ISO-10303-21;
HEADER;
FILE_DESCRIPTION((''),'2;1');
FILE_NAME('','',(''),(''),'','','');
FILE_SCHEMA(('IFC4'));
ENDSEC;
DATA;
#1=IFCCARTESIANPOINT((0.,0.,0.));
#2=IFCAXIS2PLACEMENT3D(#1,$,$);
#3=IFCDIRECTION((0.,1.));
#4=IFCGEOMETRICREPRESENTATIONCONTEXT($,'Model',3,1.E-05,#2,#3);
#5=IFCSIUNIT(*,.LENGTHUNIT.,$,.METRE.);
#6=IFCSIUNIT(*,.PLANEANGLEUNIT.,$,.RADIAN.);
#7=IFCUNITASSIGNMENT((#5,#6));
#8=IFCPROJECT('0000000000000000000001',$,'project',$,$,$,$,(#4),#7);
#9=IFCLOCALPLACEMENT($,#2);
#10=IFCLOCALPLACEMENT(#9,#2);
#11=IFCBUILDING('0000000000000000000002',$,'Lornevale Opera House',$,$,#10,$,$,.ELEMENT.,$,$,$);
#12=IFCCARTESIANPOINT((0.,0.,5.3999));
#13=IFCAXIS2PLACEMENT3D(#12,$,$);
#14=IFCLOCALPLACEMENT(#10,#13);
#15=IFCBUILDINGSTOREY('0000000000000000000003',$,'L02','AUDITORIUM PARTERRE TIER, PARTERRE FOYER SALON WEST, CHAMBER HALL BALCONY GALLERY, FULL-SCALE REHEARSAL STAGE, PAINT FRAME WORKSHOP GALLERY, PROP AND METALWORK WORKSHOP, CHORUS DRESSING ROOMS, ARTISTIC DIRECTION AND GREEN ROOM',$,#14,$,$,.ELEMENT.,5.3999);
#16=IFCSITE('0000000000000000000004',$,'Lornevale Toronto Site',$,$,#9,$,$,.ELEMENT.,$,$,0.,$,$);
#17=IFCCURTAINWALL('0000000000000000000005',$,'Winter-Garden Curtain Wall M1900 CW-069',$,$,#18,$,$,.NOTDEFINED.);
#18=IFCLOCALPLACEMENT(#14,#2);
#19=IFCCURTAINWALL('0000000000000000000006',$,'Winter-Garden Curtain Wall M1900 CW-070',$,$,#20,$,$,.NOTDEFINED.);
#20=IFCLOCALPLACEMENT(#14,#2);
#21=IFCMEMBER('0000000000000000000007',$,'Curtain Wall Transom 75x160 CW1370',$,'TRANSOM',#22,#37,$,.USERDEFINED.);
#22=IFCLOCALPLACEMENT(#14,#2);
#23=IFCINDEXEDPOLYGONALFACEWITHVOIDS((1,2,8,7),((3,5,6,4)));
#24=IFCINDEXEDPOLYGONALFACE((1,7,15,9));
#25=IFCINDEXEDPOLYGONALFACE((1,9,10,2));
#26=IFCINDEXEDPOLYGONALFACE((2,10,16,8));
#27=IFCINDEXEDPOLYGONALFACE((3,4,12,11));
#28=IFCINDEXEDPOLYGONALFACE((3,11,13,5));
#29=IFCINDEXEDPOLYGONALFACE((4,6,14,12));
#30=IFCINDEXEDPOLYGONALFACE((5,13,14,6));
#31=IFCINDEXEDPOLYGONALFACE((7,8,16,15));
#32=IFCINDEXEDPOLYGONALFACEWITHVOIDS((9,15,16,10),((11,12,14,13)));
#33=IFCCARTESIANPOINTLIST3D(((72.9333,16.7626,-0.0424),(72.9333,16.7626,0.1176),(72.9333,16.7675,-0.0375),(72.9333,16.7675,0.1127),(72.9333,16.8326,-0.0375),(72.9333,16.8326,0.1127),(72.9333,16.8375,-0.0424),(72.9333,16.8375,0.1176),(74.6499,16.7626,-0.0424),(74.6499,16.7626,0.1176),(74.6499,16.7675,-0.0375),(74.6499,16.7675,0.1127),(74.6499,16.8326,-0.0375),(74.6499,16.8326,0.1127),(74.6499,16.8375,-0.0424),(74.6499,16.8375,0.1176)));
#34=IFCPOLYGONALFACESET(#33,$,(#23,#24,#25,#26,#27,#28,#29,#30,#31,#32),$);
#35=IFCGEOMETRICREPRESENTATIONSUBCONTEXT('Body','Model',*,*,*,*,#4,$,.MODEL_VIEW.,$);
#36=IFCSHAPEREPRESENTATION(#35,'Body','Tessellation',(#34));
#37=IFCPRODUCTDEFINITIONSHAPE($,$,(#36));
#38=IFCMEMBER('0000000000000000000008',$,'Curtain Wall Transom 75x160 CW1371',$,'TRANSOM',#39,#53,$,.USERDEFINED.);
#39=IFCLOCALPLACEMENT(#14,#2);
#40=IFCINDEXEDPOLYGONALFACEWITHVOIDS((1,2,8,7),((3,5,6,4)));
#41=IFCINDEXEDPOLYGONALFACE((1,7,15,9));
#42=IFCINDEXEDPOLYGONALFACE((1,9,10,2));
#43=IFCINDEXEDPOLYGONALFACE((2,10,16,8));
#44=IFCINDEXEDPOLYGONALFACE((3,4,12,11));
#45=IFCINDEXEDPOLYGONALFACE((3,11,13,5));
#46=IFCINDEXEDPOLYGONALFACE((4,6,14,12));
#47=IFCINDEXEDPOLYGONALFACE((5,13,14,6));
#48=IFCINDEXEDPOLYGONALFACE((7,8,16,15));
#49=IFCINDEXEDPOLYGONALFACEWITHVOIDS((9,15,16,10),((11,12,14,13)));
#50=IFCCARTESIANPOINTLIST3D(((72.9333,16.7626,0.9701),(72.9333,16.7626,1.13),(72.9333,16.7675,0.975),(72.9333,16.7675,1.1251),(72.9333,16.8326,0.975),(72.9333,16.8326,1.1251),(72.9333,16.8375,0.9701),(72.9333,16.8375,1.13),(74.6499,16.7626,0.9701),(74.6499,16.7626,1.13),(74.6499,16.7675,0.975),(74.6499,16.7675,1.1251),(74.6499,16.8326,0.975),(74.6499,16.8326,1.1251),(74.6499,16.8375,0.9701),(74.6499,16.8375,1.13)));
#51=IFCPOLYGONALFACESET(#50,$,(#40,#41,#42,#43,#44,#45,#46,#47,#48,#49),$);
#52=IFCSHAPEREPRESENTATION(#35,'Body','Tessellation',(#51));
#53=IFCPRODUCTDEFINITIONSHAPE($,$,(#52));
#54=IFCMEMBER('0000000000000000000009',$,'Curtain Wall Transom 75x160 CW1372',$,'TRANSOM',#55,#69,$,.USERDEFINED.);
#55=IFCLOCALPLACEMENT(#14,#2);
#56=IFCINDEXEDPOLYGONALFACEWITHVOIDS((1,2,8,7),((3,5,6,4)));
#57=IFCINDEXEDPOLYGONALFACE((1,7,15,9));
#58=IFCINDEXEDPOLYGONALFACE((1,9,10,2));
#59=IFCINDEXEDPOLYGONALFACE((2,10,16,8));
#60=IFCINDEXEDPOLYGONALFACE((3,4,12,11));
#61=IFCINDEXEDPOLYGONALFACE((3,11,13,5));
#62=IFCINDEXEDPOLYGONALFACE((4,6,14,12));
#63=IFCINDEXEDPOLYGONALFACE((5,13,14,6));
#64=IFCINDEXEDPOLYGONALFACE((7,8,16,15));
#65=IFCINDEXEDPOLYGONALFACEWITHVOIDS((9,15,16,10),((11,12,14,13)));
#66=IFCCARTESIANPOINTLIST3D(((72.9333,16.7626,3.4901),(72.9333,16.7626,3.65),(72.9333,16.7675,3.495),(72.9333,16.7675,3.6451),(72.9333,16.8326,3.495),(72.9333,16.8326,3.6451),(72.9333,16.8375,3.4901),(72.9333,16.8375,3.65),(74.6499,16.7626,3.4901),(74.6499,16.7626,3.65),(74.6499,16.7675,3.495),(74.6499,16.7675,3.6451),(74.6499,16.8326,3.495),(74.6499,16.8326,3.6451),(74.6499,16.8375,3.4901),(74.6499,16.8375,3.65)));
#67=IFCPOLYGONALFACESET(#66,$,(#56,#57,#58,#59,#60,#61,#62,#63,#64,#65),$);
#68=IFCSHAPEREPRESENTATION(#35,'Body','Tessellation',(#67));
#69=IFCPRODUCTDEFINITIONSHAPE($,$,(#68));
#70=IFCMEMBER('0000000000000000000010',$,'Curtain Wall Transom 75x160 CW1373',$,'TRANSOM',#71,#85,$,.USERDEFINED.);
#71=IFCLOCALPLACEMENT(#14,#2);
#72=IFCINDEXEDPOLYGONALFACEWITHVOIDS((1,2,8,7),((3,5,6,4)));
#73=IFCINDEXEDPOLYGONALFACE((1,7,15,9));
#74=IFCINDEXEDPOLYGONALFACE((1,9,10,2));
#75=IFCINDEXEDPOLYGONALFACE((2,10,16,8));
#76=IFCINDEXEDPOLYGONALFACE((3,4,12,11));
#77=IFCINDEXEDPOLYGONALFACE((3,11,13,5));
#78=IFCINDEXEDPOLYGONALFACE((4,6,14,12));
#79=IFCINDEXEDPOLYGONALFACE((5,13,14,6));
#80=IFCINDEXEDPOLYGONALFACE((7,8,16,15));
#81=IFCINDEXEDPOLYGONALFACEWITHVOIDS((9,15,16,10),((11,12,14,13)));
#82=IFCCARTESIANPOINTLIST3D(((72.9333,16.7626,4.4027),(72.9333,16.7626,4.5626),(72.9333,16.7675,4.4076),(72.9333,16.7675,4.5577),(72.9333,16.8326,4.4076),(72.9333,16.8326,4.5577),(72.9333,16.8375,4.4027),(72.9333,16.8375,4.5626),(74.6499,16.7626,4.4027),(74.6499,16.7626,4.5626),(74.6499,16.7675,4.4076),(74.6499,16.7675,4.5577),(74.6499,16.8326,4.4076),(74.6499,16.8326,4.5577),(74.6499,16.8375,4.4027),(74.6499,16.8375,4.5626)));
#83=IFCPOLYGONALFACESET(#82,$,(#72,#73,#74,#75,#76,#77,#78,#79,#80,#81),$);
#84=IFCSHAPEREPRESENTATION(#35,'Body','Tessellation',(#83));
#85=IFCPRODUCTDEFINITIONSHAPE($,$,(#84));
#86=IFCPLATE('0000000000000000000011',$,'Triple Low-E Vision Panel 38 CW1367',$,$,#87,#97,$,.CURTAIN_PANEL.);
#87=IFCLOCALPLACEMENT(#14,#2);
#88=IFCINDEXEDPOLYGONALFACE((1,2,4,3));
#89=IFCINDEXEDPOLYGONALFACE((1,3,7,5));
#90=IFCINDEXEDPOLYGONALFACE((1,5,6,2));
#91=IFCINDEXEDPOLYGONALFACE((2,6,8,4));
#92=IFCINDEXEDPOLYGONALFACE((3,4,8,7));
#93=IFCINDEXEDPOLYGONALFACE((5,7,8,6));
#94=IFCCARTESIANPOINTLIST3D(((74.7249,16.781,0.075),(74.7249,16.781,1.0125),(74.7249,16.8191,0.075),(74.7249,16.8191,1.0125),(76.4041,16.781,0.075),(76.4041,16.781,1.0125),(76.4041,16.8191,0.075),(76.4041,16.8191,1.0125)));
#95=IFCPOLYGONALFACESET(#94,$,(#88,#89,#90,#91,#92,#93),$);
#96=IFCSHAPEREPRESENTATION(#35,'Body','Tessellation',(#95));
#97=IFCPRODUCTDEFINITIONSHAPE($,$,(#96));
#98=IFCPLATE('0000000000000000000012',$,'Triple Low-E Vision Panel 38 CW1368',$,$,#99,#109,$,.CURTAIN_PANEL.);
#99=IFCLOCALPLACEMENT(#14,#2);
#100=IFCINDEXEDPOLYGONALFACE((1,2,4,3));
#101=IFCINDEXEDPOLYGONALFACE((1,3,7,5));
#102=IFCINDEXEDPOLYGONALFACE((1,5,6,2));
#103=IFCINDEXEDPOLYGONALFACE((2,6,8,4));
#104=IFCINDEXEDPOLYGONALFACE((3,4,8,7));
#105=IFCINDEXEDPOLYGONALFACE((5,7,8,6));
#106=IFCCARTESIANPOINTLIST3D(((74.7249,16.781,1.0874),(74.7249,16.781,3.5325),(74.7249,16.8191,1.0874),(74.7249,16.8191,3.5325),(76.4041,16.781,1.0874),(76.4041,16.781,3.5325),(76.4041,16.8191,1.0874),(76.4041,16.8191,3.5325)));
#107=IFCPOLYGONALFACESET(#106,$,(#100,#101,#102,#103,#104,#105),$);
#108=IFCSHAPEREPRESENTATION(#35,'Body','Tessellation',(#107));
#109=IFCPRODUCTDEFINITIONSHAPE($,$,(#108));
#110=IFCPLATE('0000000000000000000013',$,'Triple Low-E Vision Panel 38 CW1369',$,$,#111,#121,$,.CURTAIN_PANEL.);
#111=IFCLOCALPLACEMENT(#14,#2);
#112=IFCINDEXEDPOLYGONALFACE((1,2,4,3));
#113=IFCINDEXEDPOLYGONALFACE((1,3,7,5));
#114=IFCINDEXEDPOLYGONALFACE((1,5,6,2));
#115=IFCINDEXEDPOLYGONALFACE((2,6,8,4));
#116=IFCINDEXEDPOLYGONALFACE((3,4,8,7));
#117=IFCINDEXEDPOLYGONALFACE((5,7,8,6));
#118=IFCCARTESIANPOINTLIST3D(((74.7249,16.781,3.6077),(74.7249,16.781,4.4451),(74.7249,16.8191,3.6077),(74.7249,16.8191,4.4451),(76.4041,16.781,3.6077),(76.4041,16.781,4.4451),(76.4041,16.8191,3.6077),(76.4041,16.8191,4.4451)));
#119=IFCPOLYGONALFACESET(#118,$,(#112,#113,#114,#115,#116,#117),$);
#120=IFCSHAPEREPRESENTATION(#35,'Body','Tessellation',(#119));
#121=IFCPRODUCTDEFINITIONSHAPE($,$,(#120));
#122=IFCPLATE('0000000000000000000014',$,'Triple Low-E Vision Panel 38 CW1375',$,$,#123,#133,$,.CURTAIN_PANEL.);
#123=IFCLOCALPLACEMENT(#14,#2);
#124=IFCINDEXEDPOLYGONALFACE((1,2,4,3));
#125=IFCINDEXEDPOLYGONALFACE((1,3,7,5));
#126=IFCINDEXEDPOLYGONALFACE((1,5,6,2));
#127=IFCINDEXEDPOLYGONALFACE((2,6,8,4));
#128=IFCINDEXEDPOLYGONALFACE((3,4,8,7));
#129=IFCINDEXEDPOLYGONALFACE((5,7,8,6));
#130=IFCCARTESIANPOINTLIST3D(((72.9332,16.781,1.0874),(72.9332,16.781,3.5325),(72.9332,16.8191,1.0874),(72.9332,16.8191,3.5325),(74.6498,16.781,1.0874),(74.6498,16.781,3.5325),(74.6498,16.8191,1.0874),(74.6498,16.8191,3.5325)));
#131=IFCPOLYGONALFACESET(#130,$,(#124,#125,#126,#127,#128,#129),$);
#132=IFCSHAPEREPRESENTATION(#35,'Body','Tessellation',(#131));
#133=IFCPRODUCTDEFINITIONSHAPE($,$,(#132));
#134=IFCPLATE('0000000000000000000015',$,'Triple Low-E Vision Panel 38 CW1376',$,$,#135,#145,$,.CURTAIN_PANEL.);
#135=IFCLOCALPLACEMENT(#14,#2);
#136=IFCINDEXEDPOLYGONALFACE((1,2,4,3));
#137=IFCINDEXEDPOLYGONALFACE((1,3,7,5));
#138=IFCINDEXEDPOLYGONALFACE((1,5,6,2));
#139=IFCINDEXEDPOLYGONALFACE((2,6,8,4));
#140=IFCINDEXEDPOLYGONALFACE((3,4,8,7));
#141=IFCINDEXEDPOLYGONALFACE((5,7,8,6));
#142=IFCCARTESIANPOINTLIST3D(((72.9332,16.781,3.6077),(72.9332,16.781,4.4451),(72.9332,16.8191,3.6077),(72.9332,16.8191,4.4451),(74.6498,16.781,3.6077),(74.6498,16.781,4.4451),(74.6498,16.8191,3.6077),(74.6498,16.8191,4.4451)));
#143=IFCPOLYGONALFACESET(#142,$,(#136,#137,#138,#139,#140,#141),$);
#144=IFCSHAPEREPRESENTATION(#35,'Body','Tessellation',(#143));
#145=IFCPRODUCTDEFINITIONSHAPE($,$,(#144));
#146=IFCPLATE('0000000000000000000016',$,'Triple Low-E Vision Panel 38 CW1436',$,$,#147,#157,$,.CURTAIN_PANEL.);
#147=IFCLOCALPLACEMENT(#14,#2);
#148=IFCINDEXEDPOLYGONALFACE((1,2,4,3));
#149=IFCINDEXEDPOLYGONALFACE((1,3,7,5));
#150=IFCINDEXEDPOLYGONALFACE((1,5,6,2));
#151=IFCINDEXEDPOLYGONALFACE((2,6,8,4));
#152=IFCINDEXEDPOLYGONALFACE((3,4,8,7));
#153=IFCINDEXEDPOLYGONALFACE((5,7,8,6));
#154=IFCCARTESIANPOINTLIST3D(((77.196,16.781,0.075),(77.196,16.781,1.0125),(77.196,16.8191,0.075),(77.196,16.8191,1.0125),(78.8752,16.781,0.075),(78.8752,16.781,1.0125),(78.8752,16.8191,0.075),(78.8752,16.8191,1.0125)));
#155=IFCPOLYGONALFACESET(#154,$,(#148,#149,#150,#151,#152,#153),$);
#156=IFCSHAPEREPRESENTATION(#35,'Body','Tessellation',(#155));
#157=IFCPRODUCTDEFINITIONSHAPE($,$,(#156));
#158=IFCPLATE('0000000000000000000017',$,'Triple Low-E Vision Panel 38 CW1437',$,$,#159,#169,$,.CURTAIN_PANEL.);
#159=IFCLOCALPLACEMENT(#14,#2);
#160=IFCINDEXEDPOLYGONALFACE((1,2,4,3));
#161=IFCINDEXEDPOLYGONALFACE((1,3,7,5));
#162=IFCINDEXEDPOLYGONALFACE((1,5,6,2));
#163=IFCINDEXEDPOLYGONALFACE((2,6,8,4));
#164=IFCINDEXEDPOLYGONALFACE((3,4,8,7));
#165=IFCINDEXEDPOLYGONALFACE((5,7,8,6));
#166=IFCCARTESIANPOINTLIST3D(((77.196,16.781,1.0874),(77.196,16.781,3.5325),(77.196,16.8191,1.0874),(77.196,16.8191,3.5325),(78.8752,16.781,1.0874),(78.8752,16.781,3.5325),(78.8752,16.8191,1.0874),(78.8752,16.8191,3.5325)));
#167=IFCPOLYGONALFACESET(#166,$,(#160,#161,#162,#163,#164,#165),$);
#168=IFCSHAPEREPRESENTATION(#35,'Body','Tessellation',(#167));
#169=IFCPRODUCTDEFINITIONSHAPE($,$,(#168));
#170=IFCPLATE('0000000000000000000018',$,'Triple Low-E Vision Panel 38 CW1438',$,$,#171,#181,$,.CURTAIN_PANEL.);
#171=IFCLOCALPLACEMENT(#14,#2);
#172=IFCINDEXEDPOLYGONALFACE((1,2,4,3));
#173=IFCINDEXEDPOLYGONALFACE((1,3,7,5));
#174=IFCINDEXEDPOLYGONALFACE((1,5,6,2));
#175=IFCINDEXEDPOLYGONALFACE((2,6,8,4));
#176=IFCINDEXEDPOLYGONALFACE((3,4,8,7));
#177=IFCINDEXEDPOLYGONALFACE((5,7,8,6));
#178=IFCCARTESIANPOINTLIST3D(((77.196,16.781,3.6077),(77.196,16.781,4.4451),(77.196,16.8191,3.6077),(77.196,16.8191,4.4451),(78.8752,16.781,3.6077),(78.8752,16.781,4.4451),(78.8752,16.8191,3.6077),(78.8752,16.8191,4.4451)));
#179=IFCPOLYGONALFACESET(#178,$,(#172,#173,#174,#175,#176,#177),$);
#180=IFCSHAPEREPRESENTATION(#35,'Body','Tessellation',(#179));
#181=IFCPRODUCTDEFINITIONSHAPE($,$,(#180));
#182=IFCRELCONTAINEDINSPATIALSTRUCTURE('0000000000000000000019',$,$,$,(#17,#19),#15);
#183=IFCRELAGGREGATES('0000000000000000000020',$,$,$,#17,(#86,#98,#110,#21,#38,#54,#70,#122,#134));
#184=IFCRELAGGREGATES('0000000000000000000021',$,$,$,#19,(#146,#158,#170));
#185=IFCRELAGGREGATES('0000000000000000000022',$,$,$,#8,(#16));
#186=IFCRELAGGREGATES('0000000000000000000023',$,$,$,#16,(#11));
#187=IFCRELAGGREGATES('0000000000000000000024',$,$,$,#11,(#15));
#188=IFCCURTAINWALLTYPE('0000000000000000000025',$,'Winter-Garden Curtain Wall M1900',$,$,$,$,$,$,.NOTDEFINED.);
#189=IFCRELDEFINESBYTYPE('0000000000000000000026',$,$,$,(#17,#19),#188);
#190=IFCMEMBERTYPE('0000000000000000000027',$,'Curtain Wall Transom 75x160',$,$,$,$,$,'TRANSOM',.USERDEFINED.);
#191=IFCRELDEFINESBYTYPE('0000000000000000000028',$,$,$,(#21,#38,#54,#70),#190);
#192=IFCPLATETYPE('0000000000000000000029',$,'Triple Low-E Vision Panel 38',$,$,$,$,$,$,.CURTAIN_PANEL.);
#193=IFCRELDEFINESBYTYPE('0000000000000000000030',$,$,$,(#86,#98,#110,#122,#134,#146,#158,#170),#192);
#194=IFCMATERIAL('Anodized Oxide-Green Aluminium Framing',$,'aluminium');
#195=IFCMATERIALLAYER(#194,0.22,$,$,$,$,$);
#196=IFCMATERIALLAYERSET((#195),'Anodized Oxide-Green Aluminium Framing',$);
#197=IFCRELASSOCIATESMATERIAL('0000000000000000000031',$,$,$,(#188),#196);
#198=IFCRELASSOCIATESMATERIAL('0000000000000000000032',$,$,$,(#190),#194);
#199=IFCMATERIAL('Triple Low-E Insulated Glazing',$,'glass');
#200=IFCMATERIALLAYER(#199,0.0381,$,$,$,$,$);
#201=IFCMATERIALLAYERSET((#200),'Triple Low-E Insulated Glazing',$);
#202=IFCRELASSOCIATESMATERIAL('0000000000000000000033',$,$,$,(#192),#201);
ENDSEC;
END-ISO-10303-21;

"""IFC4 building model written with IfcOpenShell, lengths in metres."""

from ifc_helpers import new_model, si_unit, direction, frame, origin, origin_2d, place, context, subcontext, project, spatial, rectangle, hollow_rectangle, extrude, material, layer, layer_set, material_profile, profile_set, type_object, element, aggregate, save


model = new_model("IFC4")

# Units and contexts
model_context = context("Model", 3, precision=1e-05, world=origin(), true_north=direction((0.0, 1.0)))
body_context = subcontext(model_context, "Body", "Model", "MODEL_VIEW")
ifc_project = project(units=[si_unit("LENGTHUNIT", "METRE"), si_unit("PLANEANGLEUNIT", "RADIAN")], contexts=[model_context])

# Site, building, storey
site_placement = place(None, origin())
site = spatial("IfcSite", under=ifc_project, at=site_placement, Name="Lornevale Toronto Site", CompositionType="ELEMENT", RefElevation=0.0)
building_placement = place(site_placement, origin())
building = spatial("IfcBuilding", under=site, at=building_placement, Name="Lornevale Opera House", CompositionType="ELEMENT")
storey_placement = place(building_placement, frame((0.0, 0.0, 5.3999)))
storey = spatial("IfcBuildingStorey", under=building, at=storey_placement, Name="L02", Description="AUDITORIUM PARTERRE TIER, PARTERRE FOYER SALON WEST, CHAMBER HALL BALCONY GALLERY, FULL-SCALE REHEARSAL STAGE, PAINT FRAME WORKSHOP GALLERY, PROP AND METALWORK WORKSHOP, CHORUS DRESSING ROOMS, ARTISTIC DIRECTION AND GREEN ROOM", CompositionType="ELEMENT", Elevation=5.3999)

# Curtain wall
ifc_material_1 = material(Name="Anodized Oxide-Green Aluminium Framing", Category="aluminium")
ifc_layer_1 = layer(ifc_material_1, 0.22)
ifc_layer_set_1 = layer_set([ifc_layer_1], Name="Anodized Oxide-Green Aluminium Framing")
curtain_wall_type = type_object("IfcCurtainWallType", Name="Winter-Garden Curtain Wall M1900", PredefinedType="NOTDEFINED", material=ifc_layer_set_1)
curtain_wall_1_placement = place(storey_placement, origin())
curtain_wall_1 = element("IfcCurtainWall", 1, at=curtain_wall_1_placement, inside=storey, type_object=curtain_wall_type, Name="Winter-Garden Curtain Wall M1900 CW-069", PredefinedType="NOTDEFINED")

# Curtain wall
curtain_wall_2_placement = place(storey_placement, origin())
curtain_wall_2 = element("IfcCurtainWall", 2, at=curtain_wall_2_placement, inside=storey, type_object=curtain_wall_type, Name="Winter-Garden Curtain Wall M1900 CW-070", PredefinedType="NOTDEFINED")

# Members
ifc_material_profile_1 = material_profile(ifc_material_1, hollow_rectangle(XDim=0.075, YDim=0.1599, WallThickness=0.0049, at=origin_2d()), Name="ALU75x160x5")
ifc_profile_set_1 = profile_set([ifc_material_profile_1], Name="Anodized Oxide-Green Aluminium Framing")
member_type_1 = type_object("IfcMemberType", Name="Curtain Wall Transom 75x160", ElementType="TRANSOM", PredefinedType="USERDEFINED", material=ifc_profile_set_1)
member_1_placement = place(storey_placement, frame((74.6499, 16.8, 0.0376), z_axis=(-1.0, 0.0, 0.0), x_axis=(0.0, -1.0, 0.0)))
member_1 = element("IfcMember", 3, at=member_1_placement, type_object=member_type_1, Name="Curtain Wall Transom 75x160 CW1370", ObjectType="TRANSOM", PredefinedType="USERDEFINED", context=body_context, shape_type="SweptSolid", body=[
    extrude(hollow_rectangle(XDim=0.075, YDim=0.1599, WallThickness=0.0049, at=origin_2d()), origin(), (0.0, 0.0, 1.0), 1.7166),
])
member_2_placement = place(storey_placement, frame((74.6499, 16.8, 1.05), z_axis=(-1.0, 0.0, 0.0), x_axis=(0.0, -1.0, 0.0)))
member_2 = element("IfcMember", 4, at=member_2_placement, type_object=member_type_1, Name="Curtain Wall Transom 75x160 CW1371", ObjectType="TRANSOM", PredefinedType="USERDEFINED", context=body_context, shape_type="SweptSolid", body=[
    extrude(hollow_rectangle(XDim=0.075, YDim=0.1599, WallThickness=0.0049, at=origin_2d()), origin(), (0.0, 0.0, 1.0), 1.7166),
])
member_3_placement = place(storey_placement, frame((74.6499, 16.8, 3.5701), z_axis=(-1.0, 0.0, 0.0), x_axis=(0.0, -1.0, 0.0)))
member_3 = element("IfcMember", 5, at=member_3_placement, type_object=member_type_1, Name="Curtain Wall Transom 75x160 CW1372", ObjectType="TRANSOM", PredefinedType="USERDEFINED", context=body_context, shape_type="SweptSolid", body=[
    extrude(hollow_rectangle(XDim=0.075, YDim=0.1599, WallThickness=0.0049, at=origin_2d()), origin(), (0.0, 0.0, 1.0), 1.7166),
])
member_4_placement = place(storey_placement, frame((74.6499, 16.8, 4.4827), z_axis=(-1.0, 0.0, 0.0), x_axis=(0.0, -1.0, 0.0)))
member_4 = element("IfcMember", 6, at=member_4_placement, type_object=member_type_1, Name="Curtain Wall Transom 75x160 CW1373", ObjectType="TRANSOM", PredefinedType="USERDEFINED", context=body_context, shape_type="SweptSolid", body=[
    extrude(hollow_rectangle(XDim=0.075, YDim=0.1599, WallThickness=0.0049, at=origin_2d()), origin(), (0.0, 0.0, 1.0), 1.7166),
])

# Plates
ifc_material_2 = material(Name="Triple Low-E Insulated Glazing", Category="glass")
ifc_layer_2 = layer(ifc_material_2, 0.0381)
ifc_layer_set_2 = layer_set([ifc_layer_2], Name="Triple Low-E Insulated Glazing")
plate_type = type_object("IfcPlateType", Name="Triple Low-E Vision Panel 38", PredefinedType="CURTAIN_PANEL", material=ifc_layer_set_2)
plate_1_placement = place(storey_placement, frame((75.5645, 16.8, 0.075), z_axis=(0.0, 0.0, 1.0), x_axis=(-1.0, 0.0, 0.0)))
plate_1 = element("IfcPlate", 7, at=plate_1_placement, type_object=plate_type, Name="Triple Low-E Vision Panel 38 CW1367", PredefinedType="CURTAIN_PANEL", context=body_context, shape_type="SweptSolid", body=[
    extrude(rectangle(XDim=1.6792, YDim=0.0381, at=origin_2d()), origin(), (0.0, 0.0, 1.0), 0.9375),
])
plate_2_placement = place(storey_placement, frame((75.5645, 16.8, 1.0874), z_axis=(0.0, 0.0, 1.0), x_axis=(-1.0, 0.0, 0.0)))
plate_2 = element("IfcPlate", 8, at=plate_2_placement, type_object=plate_type, Name="Triple Low-E Vision Panel 38 CW1368", PredefinedType="CURTAIN_PANEL", context=body_context, shape_type="SweptSolid", body=[
    extrude(rectangle(XDim=1.6792, YDim=0.0381, at=origin_2d()), origin(), (0.0, 0.0, 1.0), 2.4451),
])
plate_3_placement = place(storey_placement, frame((75.5645, 16.8, 3.6077), z_axis=(0.0, 0.0, 1.0), x_axis=(-1.0, 0.0, 0.0)))
plate_3 = element("IfcPlate", 9, at=plate_3_placement, type_object=plate_type, Name="Triple Low-E Vision Panel 38 CW1369", PredefinedType="CURTAIN_PANEL", context=body_context, shape_type="SweptSolid", body=[
    extrude(rectangle(XDim=1.6792, YDim=0.0381, at=origin_2d()), origin(), (0.0, 0.0, 1.0), 0.8374),
])
plate_4_placement = place(storey_placement, frame((73.7915, 16.8, 1.0874), z_axis=(0.0, 0.0, 1.0), x_axis=(-1.0, 0.0, 0.0)))
plate_4 = element("IfcPlate", 10, at=plate_4_placement, type_object=plate_type, Name="Triple Low-E Vision Panel 38 CW1375", PredefinedType="CURTAIN_PANEL", context=body_context, shape_type="SweptSolid", body=[
    extrude(rectangle(XDim=1.7166, YDim=0.0381, at=origin_2d()), origin(), (0.0, 0.0, 1.0), 2.4451),
])
plate_5_placement = place(storey_placement, frame((73.7915, 16.8, 3.6077), z_axis=(0.0, 0.0, 1.0), x_axis=(-1.0, 0.0, 0.0)))
plate_5 = element("IfcPlate", 11, at=plate_5_placement, type_object=plate_type, Name="Triple Low-E Vision Panel 38 CW1376", PredefinedType="CURTAIN_PANEL", context=body_context, shape_type="SweptSolid", body=[
    extrude(rectangle(XDim=1.7166, YDim=0.0381, at=origin_2d()), origin(), (0.0, 0.0, 1.0), 0.8374),
])
aggregate(curtain_wall_1, [plate_1, plate_2, plate_3, member_1, member_2, member_3, member_4, plate_4, plate_5])
plate_6_placement = place(storey_placement, frame((78.0356, 16.8, 0.075), z_axis=(0.0, 0.0, 1.0), x_axis=(-1.0, 0.0, 0.0)))
plate_6 = element("IfcPlate", 12, at=plate_6_placement, type_object=plate_type, Name="Triple Low-E Vision Panel 38 CW1436", PredefinedType="CURTAIN_PANEL", context=body_context, shape_type="SweptSolid", body=[
    extrude(rectangle(XDim=1.6792, YDim=0.0381, at=origin_2d()), origin(), (0.0, 0.0, 1.0), 0.9375),
])
plate_7_placement = place(storey_placement, frame((78.0356, 16.8, 1.0874), z_axis=(0.0, 0.0, 1.0), x_axis=(-1.0, 0.0, 0.0)))
plate_7 = element("IfcPlate", 13, at=plate_7_placement, type_object=plate_type, Name="Triple Low-E Vision Panel 38 CW1437", PredefinedType="CURTAIN_PANEL", context=body_context, shape_type="SweptSolid", body=[
    extrude(rectangle(XDim=1.6792, YDim=0.0381, at=origin_2d()), origin(), (0.0, 0.0, 1.0), 2.4451),
])
plate_8_placement = place(storey_placement, frame((78.0356, 16.8, 3.6077), z_axis=(0.0, 0.0, 1.0), x_axis=(-1.0, 0.0, 0.0)))
plate_8 = element("IfcPlate", 14, at=plate_8_placement, type_object=plate_type, Name="Triple Low-E Vision Panel 38 CW1438", PredefinedType="CURTAIN_PANEL", context=body_context, shape_type="SweptSolid", body=[
    extrude(rectangle(XDim=1.6792, YDim=0.0381, at=origin_2d()), origin(), (0.0, 0.0, 1.0), 0.8374),
])
aggregate(curtain_wall_2, [plate_6, plate_7, plate_8])

save(model, "model.ifc")
